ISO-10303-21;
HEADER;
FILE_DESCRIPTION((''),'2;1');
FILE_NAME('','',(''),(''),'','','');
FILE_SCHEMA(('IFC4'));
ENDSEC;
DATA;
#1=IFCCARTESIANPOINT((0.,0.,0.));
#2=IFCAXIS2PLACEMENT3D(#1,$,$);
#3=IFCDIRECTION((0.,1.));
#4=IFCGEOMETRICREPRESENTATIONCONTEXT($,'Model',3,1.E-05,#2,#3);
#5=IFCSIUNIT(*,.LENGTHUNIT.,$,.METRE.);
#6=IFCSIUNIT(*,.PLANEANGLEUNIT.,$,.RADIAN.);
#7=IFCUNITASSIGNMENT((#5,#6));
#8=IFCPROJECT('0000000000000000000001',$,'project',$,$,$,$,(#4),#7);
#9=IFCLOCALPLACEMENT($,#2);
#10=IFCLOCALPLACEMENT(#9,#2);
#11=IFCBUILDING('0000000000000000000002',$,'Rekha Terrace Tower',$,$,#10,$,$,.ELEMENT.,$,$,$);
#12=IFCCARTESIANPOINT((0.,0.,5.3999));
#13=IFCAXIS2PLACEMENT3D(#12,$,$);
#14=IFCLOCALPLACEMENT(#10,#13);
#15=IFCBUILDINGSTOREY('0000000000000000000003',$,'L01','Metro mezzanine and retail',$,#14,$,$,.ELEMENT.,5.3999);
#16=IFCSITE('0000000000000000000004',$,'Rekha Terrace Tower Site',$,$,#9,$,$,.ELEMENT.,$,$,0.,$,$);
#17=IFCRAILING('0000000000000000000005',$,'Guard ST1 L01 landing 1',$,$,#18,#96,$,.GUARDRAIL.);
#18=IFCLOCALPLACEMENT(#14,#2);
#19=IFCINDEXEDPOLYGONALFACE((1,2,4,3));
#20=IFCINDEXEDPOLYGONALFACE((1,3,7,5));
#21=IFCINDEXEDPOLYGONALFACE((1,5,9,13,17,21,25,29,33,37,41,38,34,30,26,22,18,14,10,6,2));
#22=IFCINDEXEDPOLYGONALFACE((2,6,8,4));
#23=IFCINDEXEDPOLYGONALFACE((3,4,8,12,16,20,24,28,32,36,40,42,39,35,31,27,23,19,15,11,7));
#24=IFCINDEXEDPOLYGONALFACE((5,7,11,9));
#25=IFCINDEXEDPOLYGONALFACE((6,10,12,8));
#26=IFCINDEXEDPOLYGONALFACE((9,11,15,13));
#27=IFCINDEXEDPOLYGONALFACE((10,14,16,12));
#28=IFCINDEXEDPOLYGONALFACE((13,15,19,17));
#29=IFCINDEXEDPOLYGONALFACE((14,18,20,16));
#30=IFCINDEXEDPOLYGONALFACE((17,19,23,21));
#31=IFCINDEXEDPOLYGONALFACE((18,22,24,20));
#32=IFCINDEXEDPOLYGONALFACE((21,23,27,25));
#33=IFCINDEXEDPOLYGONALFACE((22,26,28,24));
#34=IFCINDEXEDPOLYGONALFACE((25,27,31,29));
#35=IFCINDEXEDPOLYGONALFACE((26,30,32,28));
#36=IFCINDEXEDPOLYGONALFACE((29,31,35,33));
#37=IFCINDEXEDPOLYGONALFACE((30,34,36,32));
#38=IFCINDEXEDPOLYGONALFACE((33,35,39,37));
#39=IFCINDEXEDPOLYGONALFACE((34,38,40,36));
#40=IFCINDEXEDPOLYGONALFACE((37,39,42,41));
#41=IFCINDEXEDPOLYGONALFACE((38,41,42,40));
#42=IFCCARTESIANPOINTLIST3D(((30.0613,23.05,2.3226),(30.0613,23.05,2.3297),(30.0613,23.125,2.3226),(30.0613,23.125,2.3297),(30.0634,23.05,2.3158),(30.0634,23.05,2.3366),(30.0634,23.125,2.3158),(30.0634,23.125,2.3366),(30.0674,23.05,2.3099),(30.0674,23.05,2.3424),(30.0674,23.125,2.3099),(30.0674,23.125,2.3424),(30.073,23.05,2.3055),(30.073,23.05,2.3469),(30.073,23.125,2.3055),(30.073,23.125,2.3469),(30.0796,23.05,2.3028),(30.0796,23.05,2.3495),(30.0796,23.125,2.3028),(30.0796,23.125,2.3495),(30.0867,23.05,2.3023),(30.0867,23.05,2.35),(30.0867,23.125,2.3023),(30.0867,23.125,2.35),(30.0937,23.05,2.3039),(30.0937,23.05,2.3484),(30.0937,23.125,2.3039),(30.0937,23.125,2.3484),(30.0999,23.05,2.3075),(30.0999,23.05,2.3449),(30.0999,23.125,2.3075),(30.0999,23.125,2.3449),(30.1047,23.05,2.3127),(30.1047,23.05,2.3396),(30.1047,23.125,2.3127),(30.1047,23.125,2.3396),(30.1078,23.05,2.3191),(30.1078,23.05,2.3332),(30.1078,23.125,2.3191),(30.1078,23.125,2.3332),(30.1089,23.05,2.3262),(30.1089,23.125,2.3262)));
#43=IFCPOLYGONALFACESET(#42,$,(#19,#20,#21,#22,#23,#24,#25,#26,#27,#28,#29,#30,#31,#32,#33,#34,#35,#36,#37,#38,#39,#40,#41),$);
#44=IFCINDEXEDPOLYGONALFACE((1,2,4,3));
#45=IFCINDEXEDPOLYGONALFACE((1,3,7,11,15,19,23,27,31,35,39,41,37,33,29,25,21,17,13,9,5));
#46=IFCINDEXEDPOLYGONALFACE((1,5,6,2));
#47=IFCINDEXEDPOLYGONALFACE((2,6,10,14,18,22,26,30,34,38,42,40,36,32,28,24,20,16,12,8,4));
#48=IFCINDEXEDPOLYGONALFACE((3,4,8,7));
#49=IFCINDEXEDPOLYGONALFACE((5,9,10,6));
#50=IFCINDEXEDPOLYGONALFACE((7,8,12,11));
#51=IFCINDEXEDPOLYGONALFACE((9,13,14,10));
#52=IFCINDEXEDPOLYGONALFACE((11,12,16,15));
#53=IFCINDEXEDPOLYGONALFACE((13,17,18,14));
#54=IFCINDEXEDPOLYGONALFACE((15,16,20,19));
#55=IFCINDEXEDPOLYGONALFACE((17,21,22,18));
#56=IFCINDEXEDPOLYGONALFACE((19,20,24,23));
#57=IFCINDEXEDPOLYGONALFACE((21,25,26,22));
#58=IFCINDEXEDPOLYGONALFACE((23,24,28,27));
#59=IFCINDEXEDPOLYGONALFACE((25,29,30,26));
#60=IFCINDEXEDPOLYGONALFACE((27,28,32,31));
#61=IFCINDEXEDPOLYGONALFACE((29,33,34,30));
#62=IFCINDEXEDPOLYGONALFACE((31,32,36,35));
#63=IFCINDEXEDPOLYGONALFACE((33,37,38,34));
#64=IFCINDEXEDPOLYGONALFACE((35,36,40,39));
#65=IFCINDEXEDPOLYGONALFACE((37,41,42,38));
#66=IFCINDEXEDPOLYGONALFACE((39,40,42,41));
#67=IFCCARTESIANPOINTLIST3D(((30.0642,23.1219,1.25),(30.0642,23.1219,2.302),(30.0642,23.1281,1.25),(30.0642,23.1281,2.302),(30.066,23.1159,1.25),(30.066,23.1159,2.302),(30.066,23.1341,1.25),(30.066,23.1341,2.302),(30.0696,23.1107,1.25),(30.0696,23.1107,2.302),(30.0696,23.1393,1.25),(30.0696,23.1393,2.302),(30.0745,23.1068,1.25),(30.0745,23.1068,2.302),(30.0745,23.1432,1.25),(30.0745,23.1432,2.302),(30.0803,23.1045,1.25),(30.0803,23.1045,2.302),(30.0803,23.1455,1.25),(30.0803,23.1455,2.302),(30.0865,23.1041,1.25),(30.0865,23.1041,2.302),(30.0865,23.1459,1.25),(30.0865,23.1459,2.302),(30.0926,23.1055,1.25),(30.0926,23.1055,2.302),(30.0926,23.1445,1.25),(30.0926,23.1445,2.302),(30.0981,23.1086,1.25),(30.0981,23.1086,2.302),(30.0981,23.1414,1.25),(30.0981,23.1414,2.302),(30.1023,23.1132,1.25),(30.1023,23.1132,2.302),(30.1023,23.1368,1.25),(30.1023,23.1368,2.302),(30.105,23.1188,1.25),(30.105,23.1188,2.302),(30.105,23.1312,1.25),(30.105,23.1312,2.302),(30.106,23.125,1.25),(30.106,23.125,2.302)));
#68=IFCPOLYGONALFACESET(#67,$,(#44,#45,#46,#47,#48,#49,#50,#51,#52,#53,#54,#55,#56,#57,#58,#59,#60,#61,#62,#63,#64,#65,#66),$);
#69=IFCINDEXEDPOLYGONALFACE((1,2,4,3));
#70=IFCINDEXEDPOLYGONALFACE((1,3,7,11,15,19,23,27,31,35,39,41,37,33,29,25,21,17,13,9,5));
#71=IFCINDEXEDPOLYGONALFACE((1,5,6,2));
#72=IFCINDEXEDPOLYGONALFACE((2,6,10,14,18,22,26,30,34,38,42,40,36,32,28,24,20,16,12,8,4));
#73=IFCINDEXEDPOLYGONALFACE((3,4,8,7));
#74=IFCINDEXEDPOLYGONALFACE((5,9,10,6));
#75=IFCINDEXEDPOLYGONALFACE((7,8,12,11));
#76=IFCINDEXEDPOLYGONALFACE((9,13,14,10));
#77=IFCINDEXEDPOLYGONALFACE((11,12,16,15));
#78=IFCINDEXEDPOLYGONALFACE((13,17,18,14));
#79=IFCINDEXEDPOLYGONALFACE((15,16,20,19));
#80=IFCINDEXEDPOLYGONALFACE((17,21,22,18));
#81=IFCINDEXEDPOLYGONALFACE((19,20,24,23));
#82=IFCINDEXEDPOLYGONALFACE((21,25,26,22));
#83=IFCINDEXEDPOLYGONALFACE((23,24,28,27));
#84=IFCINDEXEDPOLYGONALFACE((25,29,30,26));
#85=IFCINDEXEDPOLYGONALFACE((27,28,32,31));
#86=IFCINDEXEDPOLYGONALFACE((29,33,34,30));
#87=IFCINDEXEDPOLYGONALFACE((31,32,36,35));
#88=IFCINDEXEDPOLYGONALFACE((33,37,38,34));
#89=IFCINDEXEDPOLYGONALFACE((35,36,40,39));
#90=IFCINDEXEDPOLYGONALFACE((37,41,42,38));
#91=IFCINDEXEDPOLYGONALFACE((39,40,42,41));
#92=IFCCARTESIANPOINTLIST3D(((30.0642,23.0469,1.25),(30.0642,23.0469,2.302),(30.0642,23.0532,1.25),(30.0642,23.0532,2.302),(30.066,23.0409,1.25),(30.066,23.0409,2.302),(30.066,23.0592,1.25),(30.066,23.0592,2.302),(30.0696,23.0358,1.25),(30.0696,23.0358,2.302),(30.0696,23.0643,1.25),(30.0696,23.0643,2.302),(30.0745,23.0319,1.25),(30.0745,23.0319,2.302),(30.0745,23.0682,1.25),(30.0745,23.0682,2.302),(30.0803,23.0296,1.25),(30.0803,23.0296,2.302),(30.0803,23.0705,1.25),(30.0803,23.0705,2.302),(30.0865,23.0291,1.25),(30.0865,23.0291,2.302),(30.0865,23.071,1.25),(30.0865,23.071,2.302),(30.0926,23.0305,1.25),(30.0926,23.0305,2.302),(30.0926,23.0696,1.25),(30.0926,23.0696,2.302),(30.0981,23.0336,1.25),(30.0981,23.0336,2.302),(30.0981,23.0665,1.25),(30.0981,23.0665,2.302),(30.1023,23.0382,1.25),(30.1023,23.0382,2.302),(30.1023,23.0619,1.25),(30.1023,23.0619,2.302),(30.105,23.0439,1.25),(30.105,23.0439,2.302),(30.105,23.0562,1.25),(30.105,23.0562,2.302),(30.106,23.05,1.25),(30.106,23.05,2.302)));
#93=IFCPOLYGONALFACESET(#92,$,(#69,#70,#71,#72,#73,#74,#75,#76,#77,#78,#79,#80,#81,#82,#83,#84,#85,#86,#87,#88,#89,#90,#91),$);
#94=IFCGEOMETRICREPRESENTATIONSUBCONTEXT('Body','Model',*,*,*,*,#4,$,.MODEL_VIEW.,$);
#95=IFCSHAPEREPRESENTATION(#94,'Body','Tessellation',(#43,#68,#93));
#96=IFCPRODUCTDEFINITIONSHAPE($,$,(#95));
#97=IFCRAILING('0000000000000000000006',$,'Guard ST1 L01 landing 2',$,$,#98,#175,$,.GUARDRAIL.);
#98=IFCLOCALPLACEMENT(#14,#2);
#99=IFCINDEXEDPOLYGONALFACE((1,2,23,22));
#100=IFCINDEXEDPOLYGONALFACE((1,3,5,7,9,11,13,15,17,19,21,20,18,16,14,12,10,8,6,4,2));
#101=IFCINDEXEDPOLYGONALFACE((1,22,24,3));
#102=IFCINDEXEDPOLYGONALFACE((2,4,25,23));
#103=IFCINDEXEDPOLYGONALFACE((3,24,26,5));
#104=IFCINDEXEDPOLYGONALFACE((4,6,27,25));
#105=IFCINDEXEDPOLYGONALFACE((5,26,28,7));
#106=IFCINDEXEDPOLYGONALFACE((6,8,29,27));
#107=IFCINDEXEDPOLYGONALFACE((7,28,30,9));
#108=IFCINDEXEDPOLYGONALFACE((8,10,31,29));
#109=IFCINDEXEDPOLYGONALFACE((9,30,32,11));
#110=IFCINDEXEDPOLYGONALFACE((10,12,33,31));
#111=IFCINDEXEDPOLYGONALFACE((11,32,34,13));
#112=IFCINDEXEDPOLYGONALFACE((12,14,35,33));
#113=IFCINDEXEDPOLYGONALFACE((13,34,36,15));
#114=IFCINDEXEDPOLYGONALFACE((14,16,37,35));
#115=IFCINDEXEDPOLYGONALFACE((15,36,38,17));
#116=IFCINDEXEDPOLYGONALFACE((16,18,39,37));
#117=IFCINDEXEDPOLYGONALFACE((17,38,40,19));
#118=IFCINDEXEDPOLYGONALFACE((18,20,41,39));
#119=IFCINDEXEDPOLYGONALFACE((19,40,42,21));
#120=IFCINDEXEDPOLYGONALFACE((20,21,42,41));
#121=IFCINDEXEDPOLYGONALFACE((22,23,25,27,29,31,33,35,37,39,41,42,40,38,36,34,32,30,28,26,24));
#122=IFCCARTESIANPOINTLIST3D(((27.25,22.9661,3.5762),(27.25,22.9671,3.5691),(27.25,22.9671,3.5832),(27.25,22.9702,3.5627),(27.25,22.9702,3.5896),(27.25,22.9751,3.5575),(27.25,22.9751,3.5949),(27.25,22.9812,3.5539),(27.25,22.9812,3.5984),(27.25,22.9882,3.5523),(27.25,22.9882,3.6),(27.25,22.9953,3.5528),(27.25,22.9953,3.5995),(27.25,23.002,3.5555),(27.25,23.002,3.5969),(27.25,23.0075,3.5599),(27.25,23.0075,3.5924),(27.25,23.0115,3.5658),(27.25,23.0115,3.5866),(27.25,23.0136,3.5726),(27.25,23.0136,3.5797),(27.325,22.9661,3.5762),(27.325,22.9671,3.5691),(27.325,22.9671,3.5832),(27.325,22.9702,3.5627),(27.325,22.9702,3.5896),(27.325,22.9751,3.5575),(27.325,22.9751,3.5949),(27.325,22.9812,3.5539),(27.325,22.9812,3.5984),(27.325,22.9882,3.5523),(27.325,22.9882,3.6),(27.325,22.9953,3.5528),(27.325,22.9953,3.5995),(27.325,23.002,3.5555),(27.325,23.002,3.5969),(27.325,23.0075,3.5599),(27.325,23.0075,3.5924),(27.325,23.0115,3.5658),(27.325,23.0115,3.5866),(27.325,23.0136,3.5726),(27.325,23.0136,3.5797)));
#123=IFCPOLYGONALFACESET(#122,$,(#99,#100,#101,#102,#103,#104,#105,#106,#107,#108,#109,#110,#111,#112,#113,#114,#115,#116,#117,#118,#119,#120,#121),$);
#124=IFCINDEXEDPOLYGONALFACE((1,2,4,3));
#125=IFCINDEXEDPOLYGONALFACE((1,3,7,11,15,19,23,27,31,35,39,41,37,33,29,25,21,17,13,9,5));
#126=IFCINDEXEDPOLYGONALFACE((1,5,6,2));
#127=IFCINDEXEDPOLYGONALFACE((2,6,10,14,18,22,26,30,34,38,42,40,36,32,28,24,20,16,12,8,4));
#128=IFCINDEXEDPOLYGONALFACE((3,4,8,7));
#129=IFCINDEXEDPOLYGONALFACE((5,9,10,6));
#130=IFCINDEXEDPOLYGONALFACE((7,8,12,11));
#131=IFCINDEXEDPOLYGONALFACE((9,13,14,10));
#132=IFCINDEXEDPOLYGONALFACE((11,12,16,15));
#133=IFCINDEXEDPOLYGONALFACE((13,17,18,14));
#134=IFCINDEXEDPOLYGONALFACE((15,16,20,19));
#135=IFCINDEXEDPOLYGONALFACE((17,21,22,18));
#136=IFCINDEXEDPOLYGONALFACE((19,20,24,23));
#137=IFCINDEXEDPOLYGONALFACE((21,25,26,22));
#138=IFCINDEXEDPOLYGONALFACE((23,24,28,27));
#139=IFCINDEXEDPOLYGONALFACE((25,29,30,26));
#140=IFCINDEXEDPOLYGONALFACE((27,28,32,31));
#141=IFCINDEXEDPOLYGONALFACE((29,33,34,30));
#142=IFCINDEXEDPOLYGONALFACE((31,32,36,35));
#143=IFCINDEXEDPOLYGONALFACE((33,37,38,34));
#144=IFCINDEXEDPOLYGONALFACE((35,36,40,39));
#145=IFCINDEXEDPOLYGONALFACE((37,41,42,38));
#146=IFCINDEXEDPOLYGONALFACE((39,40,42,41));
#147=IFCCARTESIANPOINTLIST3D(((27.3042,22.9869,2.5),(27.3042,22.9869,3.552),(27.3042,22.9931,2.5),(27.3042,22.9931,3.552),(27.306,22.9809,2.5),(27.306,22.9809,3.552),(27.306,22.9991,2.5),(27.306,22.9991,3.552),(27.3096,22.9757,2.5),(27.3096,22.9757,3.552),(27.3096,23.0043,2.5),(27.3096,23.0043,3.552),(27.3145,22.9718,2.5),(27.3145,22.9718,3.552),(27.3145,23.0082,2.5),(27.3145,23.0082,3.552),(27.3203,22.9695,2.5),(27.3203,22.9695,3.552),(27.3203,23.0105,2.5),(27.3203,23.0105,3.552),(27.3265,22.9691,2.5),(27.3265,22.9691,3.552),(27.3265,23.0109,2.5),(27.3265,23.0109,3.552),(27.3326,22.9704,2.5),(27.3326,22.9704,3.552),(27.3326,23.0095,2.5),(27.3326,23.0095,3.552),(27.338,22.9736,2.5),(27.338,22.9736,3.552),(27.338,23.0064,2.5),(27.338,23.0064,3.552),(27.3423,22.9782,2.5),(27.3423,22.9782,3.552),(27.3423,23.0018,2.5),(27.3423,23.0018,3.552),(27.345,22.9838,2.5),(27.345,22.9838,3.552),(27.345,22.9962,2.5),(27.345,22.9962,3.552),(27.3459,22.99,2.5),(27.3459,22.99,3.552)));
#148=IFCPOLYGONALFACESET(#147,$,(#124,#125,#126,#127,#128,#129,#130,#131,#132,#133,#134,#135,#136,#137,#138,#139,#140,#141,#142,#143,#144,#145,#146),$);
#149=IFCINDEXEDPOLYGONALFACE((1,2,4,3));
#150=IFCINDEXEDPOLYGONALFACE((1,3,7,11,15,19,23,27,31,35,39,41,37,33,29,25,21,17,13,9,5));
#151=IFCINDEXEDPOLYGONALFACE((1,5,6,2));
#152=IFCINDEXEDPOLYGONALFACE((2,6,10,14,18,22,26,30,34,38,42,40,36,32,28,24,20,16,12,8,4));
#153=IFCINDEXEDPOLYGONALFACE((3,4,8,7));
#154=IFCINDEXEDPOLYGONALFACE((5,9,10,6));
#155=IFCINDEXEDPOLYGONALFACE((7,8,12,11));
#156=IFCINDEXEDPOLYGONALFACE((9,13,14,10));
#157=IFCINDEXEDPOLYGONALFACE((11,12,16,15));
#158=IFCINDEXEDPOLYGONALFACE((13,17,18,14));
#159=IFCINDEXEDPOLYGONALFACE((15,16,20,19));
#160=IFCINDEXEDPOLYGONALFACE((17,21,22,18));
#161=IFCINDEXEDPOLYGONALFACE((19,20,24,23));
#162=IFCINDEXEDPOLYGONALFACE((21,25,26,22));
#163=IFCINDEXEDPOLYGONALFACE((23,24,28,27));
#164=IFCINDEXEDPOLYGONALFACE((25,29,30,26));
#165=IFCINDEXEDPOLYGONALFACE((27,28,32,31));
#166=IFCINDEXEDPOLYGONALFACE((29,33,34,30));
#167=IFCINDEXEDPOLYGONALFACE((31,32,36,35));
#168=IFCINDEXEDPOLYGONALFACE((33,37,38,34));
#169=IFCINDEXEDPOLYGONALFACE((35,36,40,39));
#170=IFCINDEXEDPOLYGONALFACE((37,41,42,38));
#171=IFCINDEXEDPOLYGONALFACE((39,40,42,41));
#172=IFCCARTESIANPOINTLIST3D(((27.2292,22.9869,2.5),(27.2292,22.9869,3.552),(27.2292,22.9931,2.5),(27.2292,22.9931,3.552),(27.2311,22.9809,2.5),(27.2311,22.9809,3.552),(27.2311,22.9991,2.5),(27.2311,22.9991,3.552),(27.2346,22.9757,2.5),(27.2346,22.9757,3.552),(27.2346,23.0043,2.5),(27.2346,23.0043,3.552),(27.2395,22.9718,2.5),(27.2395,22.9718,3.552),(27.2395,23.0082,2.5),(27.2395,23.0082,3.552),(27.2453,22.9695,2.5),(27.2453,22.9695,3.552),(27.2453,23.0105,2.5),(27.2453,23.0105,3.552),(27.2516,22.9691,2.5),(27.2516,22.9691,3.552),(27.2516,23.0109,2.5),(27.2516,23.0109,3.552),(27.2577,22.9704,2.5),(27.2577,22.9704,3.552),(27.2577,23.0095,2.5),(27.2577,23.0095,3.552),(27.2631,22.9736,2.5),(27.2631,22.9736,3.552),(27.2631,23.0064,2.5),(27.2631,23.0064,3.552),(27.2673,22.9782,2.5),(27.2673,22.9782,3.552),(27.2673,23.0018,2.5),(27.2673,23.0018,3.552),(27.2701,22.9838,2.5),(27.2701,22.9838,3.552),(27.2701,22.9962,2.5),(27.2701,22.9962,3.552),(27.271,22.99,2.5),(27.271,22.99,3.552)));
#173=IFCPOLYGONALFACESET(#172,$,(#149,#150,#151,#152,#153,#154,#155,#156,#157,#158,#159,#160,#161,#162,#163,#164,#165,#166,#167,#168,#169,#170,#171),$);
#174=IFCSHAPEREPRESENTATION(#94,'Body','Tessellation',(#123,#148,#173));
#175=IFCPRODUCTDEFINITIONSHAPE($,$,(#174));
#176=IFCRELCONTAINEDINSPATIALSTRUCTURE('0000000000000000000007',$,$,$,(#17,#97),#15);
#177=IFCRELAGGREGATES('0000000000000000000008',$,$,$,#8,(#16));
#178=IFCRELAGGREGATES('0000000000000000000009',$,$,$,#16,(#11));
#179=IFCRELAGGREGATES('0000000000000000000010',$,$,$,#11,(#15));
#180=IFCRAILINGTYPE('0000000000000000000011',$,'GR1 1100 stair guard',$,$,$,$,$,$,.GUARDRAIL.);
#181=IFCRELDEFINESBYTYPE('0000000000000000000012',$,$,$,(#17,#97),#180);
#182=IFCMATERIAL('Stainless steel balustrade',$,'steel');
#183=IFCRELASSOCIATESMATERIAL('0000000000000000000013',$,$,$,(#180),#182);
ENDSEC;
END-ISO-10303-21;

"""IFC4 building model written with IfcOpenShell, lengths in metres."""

from ifc_helpers import new_model, si_unit, direction, frame, origin, origin_2d, place, context, subcontext, project, spatial, circle, extrude, material, type_object, element, save


model = new_model("IFC4")

# Units and contexts
model_context = context("Model", 3, precision=1e-05, world=origin(), true_north=direction((0.0, 1.0)))
body_context = subcontext(model_context, "Body", "Model", "MODEL_VIEW")
ifc_project = project(units=[si_unit("LENGTHUNIT", "METRE"), si_unit("PLANEANGLEUNIT", "RADIAN")], contexts=[model_context])

# Site, building, storey
site_placement = place(None, origin())
site = spatial("IfcSite", under=ifc_project, at=site_placement, Name="Rekha Terrace Tower Site", CompositionType="ELEMENT", RefElevation=0.0)
building_placement = place(site_placement, origin())
building = spatial("IfcBuilding", under=site, at=building_placement, Name="Rekha Terrace Tower", CompositionType="ELEMENT")
storey_placement = place(building_placement, frame((0.0, 0.0, 5.3999)))
storey = spatial("IfcBuildingStorey", under=building, at=storey_placement, Name="L01", Description="Metro mezzanine and retail", CompositionType="ELEMENT", Elevation=5.3999)

# Railings
ifc_material_1 = material(Name="Stainless steel balustrade", Category="steel")
railing_type_1 = type_object("IfcRailingType", Name="GR1 1100 stair guard", PredefinedType="GUARDRAIL", material=ifc_material_1)
railing_1_placement = place(storey_placement, frame((30.085, 23.125, 1.25)))
element("IfcRailing", 1, at=railing_1_placement, inside=storey, type_object=railing_type_1, Name="Guard ST1 L01 landing 1", PredefinedType="GUARDRAIL", context=body_context, shape_type="SweptSolid", body=[
    extrude(circle(Radius=0.0239, at=origin_2d()), frame((0.0, 0.0, 1.0762), z_axis=(0.0, -1.0, 0.0), x_axis=(1.0, 0.0, 0.0)), (0.0, 0.0, 1.0), 0.075),
    extrude(circle(Radius=0.021, at=origin_2d()), origin(), (0.0, 0.0, 1.0), 1.052),
    extrude(circle(Radius=0.021, at=origin_2d()), frame((0.0, -0.075, 0.0)), (0.0, 0.0, 1.0), 1.052),
])
railing_2_placement = place(storey_placement, frame((27.325, 22.99, 2.5)))
element("IfcRailing", 2, at=railing_2_placement, inside=storey, type_object=railing_type_1, Name="Guard ST1 L01 landing 2", PredefinedType="GUARDRAIL", context=body_context, shape_type="SweptSolid", body=[
    extrude(circle(Radius=0.0239, at=origin_2d()), frame((0.0, 0.0, 1.0762), z_axis=(-1.0, 0.0, 0.0), x_axis=(0.0, -1.0, 0.0)), (0.0, 0.0, 1.0), 0.075),
    extrude(circle(Radius=0.021, at=origin_2d()), origin(), (0.0, 0.0, 1.0), 1.052),
    extrude(circle(Radius=0.021, at=origin_2d()), frame((-0.075, 0.0, 0.0)), (0.0, 0.0, 1.0), 1.052),
])

save(model, "model.ifc")
